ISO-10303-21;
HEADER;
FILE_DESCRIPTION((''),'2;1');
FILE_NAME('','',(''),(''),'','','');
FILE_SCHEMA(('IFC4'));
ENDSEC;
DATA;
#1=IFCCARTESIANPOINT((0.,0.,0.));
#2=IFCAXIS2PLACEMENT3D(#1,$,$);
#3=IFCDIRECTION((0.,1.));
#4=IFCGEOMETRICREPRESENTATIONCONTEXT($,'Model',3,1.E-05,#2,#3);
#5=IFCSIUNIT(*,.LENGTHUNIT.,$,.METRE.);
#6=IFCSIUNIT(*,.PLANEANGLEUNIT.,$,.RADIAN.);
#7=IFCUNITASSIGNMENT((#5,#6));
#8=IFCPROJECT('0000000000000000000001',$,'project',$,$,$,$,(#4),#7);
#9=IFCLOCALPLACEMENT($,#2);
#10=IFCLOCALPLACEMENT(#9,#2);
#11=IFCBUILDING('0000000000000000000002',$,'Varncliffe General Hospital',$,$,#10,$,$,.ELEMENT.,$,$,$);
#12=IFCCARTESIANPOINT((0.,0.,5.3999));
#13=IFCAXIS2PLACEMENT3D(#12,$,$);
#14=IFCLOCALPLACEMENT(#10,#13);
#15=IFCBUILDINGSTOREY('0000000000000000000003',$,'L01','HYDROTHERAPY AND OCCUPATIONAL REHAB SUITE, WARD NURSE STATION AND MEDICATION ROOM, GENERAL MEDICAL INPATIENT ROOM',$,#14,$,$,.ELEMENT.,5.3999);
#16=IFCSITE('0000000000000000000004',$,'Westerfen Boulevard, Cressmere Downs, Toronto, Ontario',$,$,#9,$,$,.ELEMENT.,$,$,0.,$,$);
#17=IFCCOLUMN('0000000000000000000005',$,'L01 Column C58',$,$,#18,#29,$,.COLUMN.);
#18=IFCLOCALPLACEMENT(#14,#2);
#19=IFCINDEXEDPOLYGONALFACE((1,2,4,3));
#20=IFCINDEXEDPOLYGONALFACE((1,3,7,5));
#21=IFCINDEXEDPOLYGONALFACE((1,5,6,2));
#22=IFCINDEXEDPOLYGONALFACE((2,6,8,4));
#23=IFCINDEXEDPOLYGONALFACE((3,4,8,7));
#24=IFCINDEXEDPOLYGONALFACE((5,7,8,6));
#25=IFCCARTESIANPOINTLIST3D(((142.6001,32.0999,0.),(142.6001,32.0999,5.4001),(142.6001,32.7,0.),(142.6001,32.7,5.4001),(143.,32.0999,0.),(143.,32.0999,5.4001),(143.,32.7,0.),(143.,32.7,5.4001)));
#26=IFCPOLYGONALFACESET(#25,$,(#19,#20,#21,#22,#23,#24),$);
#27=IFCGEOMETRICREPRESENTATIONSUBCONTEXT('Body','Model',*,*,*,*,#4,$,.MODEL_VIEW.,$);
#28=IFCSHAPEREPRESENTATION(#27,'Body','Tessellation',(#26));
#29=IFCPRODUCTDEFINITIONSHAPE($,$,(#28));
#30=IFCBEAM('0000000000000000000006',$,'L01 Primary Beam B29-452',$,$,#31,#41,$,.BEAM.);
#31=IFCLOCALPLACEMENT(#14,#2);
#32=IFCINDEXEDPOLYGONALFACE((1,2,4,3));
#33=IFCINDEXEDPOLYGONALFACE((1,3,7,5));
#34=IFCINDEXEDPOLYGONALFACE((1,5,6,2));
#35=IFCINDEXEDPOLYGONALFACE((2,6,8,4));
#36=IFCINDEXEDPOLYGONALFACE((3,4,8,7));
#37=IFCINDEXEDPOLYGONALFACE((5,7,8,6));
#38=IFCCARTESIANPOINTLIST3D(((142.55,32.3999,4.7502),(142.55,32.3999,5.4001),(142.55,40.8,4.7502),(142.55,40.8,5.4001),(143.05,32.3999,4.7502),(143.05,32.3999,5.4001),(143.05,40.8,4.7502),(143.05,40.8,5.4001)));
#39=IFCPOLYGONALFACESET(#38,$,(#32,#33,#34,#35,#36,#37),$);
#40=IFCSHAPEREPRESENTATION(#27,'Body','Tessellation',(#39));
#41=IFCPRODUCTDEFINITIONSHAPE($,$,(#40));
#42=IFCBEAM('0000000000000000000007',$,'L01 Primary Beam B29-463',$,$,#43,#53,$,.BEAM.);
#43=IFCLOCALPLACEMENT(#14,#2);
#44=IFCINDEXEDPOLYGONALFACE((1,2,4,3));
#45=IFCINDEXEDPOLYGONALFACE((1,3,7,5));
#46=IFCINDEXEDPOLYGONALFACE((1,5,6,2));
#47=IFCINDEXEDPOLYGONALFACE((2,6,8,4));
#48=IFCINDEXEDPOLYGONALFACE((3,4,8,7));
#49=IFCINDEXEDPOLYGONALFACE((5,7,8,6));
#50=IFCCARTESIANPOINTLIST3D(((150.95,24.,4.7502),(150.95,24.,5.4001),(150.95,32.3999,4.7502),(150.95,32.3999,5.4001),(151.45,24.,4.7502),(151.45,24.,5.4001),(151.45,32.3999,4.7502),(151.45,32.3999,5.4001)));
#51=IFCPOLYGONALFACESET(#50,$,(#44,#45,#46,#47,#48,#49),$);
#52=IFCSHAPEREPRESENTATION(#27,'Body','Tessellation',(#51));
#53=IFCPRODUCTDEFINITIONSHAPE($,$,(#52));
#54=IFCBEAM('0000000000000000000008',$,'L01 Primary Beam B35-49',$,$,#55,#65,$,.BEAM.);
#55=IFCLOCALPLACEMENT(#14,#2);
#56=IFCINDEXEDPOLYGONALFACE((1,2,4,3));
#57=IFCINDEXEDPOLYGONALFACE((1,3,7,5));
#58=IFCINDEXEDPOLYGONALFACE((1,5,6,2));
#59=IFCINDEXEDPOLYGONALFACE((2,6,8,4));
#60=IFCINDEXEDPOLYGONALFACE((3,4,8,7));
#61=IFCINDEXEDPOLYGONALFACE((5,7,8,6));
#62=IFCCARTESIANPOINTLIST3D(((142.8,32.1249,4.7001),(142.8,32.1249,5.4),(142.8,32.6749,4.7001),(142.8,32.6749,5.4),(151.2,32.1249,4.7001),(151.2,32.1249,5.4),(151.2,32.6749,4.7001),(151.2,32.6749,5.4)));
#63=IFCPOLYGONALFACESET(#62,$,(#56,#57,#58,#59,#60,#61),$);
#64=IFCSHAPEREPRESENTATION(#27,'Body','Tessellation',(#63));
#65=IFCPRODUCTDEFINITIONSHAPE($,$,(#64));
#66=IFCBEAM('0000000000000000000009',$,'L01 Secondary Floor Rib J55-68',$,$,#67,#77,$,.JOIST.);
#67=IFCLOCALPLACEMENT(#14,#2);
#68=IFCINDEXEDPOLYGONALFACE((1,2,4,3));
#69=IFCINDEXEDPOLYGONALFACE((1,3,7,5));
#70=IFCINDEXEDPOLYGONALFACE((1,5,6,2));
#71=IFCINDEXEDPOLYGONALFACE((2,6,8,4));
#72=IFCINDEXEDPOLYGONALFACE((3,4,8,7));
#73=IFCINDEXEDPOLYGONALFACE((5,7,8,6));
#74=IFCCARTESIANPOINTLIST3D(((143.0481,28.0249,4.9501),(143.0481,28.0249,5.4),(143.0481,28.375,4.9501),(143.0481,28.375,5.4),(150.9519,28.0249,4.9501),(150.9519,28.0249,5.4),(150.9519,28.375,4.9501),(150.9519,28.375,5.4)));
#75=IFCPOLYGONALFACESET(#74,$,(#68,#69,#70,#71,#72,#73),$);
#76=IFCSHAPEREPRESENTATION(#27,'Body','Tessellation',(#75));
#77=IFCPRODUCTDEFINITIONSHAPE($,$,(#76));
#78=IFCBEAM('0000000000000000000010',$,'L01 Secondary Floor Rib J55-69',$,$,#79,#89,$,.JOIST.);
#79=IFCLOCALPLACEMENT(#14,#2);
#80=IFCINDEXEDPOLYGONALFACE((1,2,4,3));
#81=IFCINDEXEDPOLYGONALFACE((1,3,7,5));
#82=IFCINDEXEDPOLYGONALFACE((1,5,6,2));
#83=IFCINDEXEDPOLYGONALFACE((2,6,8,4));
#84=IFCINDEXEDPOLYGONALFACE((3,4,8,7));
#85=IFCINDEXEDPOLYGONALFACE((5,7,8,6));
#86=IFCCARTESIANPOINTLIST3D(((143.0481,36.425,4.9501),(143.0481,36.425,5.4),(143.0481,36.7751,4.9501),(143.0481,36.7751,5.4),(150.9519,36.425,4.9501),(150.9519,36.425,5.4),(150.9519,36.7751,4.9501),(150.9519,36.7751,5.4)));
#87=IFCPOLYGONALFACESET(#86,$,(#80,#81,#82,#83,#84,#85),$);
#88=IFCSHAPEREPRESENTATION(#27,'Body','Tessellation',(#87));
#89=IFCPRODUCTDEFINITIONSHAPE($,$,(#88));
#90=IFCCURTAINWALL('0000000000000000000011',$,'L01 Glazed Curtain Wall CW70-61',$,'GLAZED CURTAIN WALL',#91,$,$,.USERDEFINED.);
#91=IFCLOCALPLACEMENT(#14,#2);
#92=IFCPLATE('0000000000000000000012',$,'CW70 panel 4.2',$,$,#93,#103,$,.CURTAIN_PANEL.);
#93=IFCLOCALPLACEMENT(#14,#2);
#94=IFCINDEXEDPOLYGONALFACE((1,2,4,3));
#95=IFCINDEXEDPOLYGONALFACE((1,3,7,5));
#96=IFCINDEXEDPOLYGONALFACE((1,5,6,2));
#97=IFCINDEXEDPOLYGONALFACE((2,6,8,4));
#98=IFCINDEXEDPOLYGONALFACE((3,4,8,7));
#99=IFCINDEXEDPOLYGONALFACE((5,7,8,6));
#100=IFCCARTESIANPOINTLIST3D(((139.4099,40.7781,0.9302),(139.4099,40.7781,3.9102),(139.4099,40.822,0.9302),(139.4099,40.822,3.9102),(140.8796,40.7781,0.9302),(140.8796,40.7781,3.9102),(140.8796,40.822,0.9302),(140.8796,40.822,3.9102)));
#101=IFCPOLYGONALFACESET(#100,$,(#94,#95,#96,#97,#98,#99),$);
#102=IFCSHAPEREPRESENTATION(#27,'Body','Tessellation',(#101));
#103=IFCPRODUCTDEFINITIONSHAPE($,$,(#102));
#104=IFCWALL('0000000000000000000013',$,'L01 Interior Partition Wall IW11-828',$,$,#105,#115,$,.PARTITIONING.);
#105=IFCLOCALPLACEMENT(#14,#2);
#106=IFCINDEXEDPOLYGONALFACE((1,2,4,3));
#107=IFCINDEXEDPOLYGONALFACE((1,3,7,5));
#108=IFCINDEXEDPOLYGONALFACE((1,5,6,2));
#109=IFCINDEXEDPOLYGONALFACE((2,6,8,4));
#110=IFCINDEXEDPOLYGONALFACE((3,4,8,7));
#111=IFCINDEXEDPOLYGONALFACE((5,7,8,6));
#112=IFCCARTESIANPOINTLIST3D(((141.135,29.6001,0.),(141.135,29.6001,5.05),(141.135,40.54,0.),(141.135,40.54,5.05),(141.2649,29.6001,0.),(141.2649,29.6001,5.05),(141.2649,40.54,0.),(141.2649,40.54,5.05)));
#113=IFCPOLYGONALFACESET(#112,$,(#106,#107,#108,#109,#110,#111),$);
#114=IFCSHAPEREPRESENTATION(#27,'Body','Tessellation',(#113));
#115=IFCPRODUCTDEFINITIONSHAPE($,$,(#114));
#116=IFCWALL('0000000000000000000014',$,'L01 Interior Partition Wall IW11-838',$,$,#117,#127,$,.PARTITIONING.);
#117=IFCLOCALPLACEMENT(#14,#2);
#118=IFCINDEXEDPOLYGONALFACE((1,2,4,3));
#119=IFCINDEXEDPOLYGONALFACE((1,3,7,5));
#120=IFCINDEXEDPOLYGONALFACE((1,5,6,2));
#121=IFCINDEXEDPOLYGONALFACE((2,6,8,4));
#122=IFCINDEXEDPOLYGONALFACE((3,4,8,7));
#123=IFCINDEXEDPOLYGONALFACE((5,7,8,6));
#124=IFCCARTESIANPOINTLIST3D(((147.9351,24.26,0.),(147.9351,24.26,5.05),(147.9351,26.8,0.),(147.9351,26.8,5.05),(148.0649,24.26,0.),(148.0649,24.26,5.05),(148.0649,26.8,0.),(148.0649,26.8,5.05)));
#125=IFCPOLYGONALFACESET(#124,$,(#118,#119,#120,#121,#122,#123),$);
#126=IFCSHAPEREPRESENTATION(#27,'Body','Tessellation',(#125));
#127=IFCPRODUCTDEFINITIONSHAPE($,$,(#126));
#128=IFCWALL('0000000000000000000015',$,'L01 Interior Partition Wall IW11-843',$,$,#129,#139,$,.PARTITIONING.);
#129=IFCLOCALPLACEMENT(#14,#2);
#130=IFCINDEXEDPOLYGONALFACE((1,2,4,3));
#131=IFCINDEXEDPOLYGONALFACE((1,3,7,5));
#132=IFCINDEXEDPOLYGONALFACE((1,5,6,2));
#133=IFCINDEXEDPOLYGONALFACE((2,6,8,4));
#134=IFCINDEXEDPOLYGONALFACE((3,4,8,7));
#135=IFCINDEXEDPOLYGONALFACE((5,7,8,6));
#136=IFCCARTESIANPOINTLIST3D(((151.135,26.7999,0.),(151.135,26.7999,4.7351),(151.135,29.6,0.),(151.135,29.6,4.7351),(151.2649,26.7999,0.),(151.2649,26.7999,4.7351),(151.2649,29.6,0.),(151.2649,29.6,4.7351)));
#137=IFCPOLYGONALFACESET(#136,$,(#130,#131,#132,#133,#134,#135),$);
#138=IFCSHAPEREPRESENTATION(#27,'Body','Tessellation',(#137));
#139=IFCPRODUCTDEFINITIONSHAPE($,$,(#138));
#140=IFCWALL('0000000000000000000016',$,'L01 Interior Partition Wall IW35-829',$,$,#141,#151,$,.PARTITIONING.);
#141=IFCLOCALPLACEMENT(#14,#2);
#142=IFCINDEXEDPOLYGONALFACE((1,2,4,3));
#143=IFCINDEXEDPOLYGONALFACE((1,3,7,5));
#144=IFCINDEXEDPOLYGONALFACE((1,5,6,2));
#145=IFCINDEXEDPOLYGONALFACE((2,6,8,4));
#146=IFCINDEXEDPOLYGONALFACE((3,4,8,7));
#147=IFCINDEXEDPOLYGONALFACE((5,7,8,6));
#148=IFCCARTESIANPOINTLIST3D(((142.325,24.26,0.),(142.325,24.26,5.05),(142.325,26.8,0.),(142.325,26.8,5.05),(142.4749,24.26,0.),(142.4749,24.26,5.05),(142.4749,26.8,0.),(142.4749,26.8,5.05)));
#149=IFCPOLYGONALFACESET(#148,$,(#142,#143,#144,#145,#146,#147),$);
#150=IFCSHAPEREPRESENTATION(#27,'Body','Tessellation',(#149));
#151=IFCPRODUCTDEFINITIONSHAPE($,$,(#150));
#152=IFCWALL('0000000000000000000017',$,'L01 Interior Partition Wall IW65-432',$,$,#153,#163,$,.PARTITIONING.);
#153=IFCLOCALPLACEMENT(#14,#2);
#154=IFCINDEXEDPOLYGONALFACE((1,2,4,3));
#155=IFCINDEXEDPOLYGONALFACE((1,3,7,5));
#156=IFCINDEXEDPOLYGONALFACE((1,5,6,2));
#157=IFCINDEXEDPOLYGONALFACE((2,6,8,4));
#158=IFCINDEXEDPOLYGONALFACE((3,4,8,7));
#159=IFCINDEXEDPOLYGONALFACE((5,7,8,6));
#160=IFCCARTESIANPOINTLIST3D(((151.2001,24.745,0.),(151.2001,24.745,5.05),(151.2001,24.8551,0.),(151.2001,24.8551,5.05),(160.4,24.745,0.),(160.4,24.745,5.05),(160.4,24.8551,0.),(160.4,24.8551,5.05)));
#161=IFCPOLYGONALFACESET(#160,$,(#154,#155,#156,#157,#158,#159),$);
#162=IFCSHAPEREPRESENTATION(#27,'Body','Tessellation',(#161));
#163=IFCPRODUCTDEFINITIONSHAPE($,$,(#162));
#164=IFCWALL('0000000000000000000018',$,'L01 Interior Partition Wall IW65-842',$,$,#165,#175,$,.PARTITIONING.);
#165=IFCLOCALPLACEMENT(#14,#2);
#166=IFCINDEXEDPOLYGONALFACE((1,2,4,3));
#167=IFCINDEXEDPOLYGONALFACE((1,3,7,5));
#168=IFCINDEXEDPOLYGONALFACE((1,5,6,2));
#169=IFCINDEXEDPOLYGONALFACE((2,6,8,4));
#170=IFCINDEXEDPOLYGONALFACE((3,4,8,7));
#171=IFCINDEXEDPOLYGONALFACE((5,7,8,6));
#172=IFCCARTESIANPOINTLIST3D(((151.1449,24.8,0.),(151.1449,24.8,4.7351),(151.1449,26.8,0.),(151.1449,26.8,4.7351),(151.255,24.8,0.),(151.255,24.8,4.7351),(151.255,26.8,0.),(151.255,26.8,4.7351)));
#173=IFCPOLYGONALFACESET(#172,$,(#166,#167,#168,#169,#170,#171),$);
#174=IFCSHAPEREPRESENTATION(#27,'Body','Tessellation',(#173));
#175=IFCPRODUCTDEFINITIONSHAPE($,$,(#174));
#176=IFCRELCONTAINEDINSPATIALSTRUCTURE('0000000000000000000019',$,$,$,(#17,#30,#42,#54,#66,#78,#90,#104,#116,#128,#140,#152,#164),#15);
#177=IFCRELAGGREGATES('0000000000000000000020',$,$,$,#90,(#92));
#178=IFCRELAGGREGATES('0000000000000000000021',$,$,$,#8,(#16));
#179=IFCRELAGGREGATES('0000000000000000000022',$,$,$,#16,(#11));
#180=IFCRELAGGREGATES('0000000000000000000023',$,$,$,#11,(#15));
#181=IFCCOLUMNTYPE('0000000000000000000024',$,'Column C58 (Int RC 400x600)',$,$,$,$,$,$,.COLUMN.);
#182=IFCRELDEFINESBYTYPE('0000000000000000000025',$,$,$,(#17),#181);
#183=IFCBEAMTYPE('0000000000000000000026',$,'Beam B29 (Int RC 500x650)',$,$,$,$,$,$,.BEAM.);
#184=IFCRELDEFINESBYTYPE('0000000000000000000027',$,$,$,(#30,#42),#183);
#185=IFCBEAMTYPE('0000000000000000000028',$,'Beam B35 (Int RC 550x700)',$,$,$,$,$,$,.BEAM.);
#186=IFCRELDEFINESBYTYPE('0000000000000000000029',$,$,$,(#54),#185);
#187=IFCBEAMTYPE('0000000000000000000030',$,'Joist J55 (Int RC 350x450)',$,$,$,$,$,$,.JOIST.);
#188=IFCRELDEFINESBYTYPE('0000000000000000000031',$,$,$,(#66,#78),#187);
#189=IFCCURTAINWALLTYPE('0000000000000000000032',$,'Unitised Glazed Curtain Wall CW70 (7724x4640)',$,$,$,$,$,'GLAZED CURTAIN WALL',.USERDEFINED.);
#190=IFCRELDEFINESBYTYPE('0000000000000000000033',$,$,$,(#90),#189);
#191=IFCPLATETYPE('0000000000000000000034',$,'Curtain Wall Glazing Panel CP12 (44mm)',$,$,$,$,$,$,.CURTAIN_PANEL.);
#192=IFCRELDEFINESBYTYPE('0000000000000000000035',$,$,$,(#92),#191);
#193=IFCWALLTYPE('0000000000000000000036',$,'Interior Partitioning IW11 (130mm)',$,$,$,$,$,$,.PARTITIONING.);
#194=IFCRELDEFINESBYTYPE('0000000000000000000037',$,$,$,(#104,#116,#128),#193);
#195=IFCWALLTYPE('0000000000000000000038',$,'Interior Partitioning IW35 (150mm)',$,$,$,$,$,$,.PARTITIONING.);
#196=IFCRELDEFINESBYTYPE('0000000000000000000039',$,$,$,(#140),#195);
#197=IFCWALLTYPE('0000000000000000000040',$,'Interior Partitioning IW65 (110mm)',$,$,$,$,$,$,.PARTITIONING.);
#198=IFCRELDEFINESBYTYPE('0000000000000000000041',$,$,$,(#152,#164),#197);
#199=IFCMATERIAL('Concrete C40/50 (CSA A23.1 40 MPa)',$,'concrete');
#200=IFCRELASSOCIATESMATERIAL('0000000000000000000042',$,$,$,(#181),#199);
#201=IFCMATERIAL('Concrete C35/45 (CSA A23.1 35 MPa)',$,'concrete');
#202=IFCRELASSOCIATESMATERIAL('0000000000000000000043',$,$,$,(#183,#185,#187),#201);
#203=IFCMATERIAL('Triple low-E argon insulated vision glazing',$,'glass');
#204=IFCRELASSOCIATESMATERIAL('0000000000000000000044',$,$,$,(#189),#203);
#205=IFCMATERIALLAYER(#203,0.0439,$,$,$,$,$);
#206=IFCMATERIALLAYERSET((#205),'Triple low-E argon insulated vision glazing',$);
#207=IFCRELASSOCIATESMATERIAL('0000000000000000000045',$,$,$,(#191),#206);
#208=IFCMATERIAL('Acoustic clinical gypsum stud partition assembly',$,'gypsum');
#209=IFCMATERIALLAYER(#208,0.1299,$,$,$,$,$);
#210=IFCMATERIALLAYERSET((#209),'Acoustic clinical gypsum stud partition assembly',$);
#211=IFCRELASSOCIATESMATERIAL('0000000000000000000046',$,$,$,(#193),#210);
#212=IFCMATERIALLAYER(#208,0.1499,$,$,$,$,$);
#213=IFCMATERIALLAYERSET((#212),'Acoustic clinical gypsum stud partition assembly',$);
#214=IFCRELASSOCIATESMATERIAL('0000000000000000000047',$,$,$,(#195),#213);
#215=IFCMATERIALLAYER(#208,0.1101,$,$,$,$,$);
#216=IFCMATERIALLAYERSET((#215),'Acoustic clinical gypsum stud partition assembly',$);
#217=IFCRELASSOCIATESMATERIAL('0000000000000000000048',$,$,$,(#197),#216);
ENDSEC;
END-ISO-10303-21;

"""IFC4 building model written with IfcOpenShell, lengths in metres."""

from ifc_helpers import new_model, si_unit, direction, frame, frame_2d, origin, origin_2d, place, context, subcontext, project, spatial, rectangle, extrude, material, layer, layer_set, material_profile, profile_set, type_object, element, aggregate, save


model = new_model("IFC4")

# Units and contexts
model_context = context("Model", 3, precision=1e-05, world=origin(), true_north=direction((0.0, 1.0)))
body_context = subcontext(model_context, "Body", "Model", "MODEL_VIEW")
ifc_project = project(units=[si_unit("LENGTHUNIT", "METRE"), si_unit("PLANEANGLEUNIT", "RADIAN")], contexts=[model_context])

# Site, building, storey
site_placement = place(None, origin())
site = spatial("IfcSite", under=ifc_project, at=site_placement, Name="Westerfen Boulevard, Cressmere Downs, Toronto, Ontario", CompositionType="ELEMENT", RefElevation=0.0)
building_placement = place(site_placement, origin())
building = spatial("IfcBuilding", under=site, at=building_placement, Name="Varncliffe General Hospital", CompositionType="ELEMENT")
storey_placement = place(building_placement, frame((0.0, 0.0, 5.3999)))
storey = spatial("IfcBuildingStorey", under=building, at=storey_placement, Name="L01", Description="HYDROTHERAPY AND OCCUPATIONAL REHAB SUITE, WARD NURSE STATION AND MEDICATION ROOM, GENERAL MEDICAL INPATIENT ROOM", CompositionType="ELEMENT", Elevation=5.3999)

# Column
ifc_material_1 = material(Name="Concrete C40/50 (CSA A23.1 40 MPa)", Category="concrete")
ifc_material_profile_1 = material_profile(ifc_material_1, rectangle(XDim=0.3999, YDim=0.6001, at=origin_2d()), Name="RC 400x600")
ifc_profile_set_1 = profile_set([ifc_material_profile_1], Name="Concrete C40/50 (CSA A23.1 40 MPa)")
column_type = type_object("IfcColumnType", Name="Column C58 (Int RC 400x600)", PredefinedType="COLUMN", material=ifc_profile_set_1)
column_placement = place(storey_placement, frame((142.8, 32.3999, 0.0), z_axis=(0.0, 0.0, 1.0), x_axis=(1.0, 0.0, 0.0)))
element("IfcColumn", 1, at=column_placement, inside=storey, type_object=column_type, Name="L01 Column C58", PredefinedType="COLUMN", context=body_context, shape_type="SweptSolid", body=[
    extrude(rectangle(XDim=0.3999, YDim=0.6001, at=origin_2d()), origin(), (0.0, 0.0, 1.0), 5.4001),
])

# Beams
ifc_material_2 = material(Name="Concrete C35/45 (CSA A23.1 35 MPa)", Category="concrete")
ifc_material_profile_2 = material_profile(ifc_material_2, rectangle(XDim=0.5, YDim=0.6499, at=origin_2d()), Name="RC 500x650")
ifc_profile_set_2 = profile_set([ifc_material_profile_2], Name="Concrete C35/45 (CSA A23.1 35 MPa)")
beam_type_1 = type_object("IfcBeamType", Name="Beam B29 (Int RC 500x650)", PredefinedType="BEAM", material=ifc_profile_set_2)
beam_1_placement = place(storey_placement, frame((142.8, 32.3999, 5.0752), z_axis=(0.0, 1.0, 0.0), x_axis=(-1.0, 0.0, 0.0)))
element("IfcBeam", 2, at=beam_1_placement, inside=storey, type_object=beam_type_1, Name="L01 Primary Beam B29-452", PredefinedType="BEAM", context=body_context, shape_type="SweptSolid", body=[
    extrude(rectangle(XDim=0.5, YDim=0.6499, at=origin_2d()), origin(), (0.0, 0.0, 1.0), 8.4001),
])
beam_2_placement = place(storey_placement, frame((151.2, 24.0, 5.0752), z_axis=(0.0, 1.0, 0.0), x_axis=(-1.0, 0.0, 0.0)))
element("IfcBeam", 3, at=beam_2_placement, inside=storey, type_object=beam_type_1, Name="L01 Primary Beam B29-463", PredefinedType="BEAM", context=body_context, shape_type="SweptSolid", body=[
    extrude(rectangle(XDim=0.5, YDim=0.6499, at=origin_2d()), origin(), (0.0, 0.0, 1.0), 8.3999),
])
ifc_material_profile_3 = material_profile(ifc_material_2, rectangle(XDim=0.55, YDim=0.7, at=origin_2d()), Name="RC 550x700")
ifc_profile_set_3 = profile_set([ifc_material_profile_3], Name="Concrete C35/45 (CSA A23.1 35 MPa)")
beam_type_2 = type_object("IfcBeamType", Name="Beam B35 (Int RC 550x700)", PredefinedType="BEAM", material=ifc_profile_set_3)
beam_3_placement = place(storey_placement, frame((142.8, 32.3999, 5.05), z_axis=(1.0, 0.0, 0.0), x_axis=(0.0, 1.0, 0.0)))
element("IfcBeam", 4, at=beam_3_placement, inside=storey, type_object=beam_type_2, Name="L01 Primary Beam B35-49", PredefinedType="BEAM", context=body_context, shape_type="SweptSolid", body=[
    extrude(rectangle(XDim=0.55, YDim=0.7, at=origin_2d()), origin(), (0.0, 0.0, 1.0), 8.3999),
])
ifc_material_profile_4 = material_profile(ifc_material_2, rectangle(XDim=0.3501, YDim=0.45, at=origin_2d()), Name="RC 350x450")
ifc_profile_set_4 = profile_set([ifc_material_profile_4], Name="Concrete C35/45 (CSA A23.1 35 MPa)")
beam_type_3 = type_object("IfcBeamType", Name="Joist J55 (Int RC 350x450)", PredefinedType="JOIST", material=ifc_profile_set_4)
for number, where, z_axis, x_axis, name in (
    (5, (143.0481, 28.2, 5.175), (1.0, 0.0, 0.0), (0.0, 1.0, 0.0), "L01 Secondary Floor Rib J55-68"),
    (6, (143.0481, 36.6001, 5.175), (1.0, 0.0, 0.0), (0.0, 1.0, 0.0), "L01 Secondary Floor Rib J55-69"),
):
    element("IfcBeam", number, at=place(storey_placement, frame(where, z_axis=z_axis, x_axis=x_axis)), inside=storey, type_object=beam_type_3, Name=name, PredefinedType="JOIST", context=body_context, shape_type="SweptSolid", body=[
        extrude(rectangle(XDim=0.3501, YDim=0.45, at=origin_2d()), origin(), (0.0, 0.0, 1.0), 7.9038),
    ])

# Curtain wall, plate
ifc_material_3 = material(Name="Triple low-E argon insulated vision glazing", Category="glass")
curtain_wall_type = type_object("IfcCurtainWallType", Name="Unitised Glazed Curtain Wall CW70 (7724x4640)", ElementType="GLAZED CURTAIN WALL", PredefinedType="USERDEFINED", material=ifc_material_3)
curtain_wall_placement = place(storey_placement, origin())
curtain_wall = element("IfcCurtainWall", 7, at=curtain_wall_placement, inside=storey, type_object=curtain_wall_type, Name="L01 Glazed Curtain Wall CW70-61", ObjectType="GLAZED CURTAIN WALL", PredefinedType="USERDEFINED")
ifc_layer_1 = layer(ifc_material_3, 0.0439)
ifc_layer_set_1 = layer_set([ifc_layer_1], Name="Triple low-E argon insulated vision glazing")
plate_type = type_object("IfcPlateType", Name="Curtain Wall Glazing Panel CP12 (44mm)", PredefinedType="CURTAIN_PANEL", material=ifc_layer_set_1)
plate_placement = place(storey_placement, frame((140.1448, 40.8, 0.9302), z_axis=(0.0, 0.0, 1.0), x_axis=(1.0, 0.0, 0.0)))
plate = element("IfcPlate", 8, at=plate_placement, type_object=plate_type, Name="CW70 panel 4.2", PredefinedType="CURTAIN_PANEL", context=body_context, shape_type="SweptSolid", body=[
    extrude(rectangle(XDim=1.4697, YDim=0.0439, at=origin_2d()), origin(), (0.0, 0.0, 1.0), 2.98),
])
aggregate(curtain_wall, [plate])

# Walls
ifc_material_4 = material(Name="Acoustic clinical gypsum stud partition assembly", Category="gypsum")
ifc_layer_2 = layer(ifc_material_4, 0.1299)
ifc_layer_set_2 = layer_set([ifc_layer_2], Name="Acoustic clinical gypsum stud partition assembly")
wall_type_1 = type_object("IfcWallType", Name="Interior Partitioning IW11 (130mm)", PredefinedType="PARTITIONING", material=ifc_layer_set_2)
wall_1_placement = place(storey_placement, frame((141.2, 29.6001, 0.0), z_axis=(0.0, 0.0, 1.0), x_axis=(0.0, 1.0, 0.0)))
element("IfcWall", 9, at=wall_1_placement, inside=storey, type_object=wall_type_1, Name="L01 Interior Partition Wall IW11-828", PredefinedType="PARTITIONING", context=body_context, shape_type="SweptSolid", body=[
    extrude(rectangle(XDim=10.9399, YDim=0.1299, at=frame_2d((5.47, 0.0))), origin(), (0.0, 0.0, 1.0), 5.05),
])
wall_2_placement = place(storey_placement, frame((148.0, 24.26, 0.0), z_axis=(0.0, 0.0, 1.0), x_axis=(0.0, 1.0, 0.0)))
element("IfcWall", 10, at=wall_2_placement, inside=storey, type_object=wall_type_1, Name="L01 Interior Partition Wall IW11-838", PredefinedType="PARTITIONING", context=body_context, shape_type="SweptSolid", body=[
    extrude(rectangle(XDim=2.54, YDim=0.1299, at=frame_2d((1.27, 0.0))), origin(), (0.0, 0.0, 1.0), 5.05),
])
wall_3_placement = place(storey_placement, frame((151.2, 26.8, 0.0), z_axis=(0.0, 0.0, 1.0), x_axis=(0.0, 1.0, 0.0)))
element("IfcWall", 11, at=wall_3_placement, inside=storey, type_object=wall_type_1, Name="L01 Interior Partition Wall IW11-843", PredefinedType="PARTITIONING", context=body_context, shape_type="SweptSolid", body=[
    extrude(rectangle(XDim=2.8, YDim=0.1299, at=frame_2d((1.3999, 0.0))), origin(), (0.0, 0.0, 1.0), 4.7351),
])
ifc_layer_3 = layer(ifc_material_4, 0.1499)
ifc_layer_set_3 = layer_set([ifc_layer_3], Name="Acoustic clinical gypsum stud partition assembly")
wall_type_2 = type_object("IfcWallType", Name="Interior Partitioning IW35 (150mm)", PredefinedType="PARTITIONING", material=ifc_layer_set_3)
wall_4_placement = place(storey_placement, frame((142.3999, 24.26, 0.0), z_axis=(0.0, 0.0, 1.0), x_axis=(0.0, 1.0, 0.0)))
element("IfcWall", 12, at=wall_4_placement, inside=storey, type_object=wall_type_2, Name="L01 Interior Partition Wall IW35-829", PredefinedType="PARTITIONING", context=body_context, shape_type="SweptSolid", body=[
    extrude(rectangle(XDim=2.54, YDim=0.1499, at=frame_2d((1.27, 0.0))), origin(), (0.0, 0.0, 1.0), 5.05),
])
ifc_layer_4 = layer(ifc_material_4, 0.1101)
ifc_layer_set_4 = layer_set([ifc_layer_4], Name="Acoustic clinical gypsum stud partition assembly")
wall_type_3 = type_object("IfcWallType", Name="Interior Partitioning IW65 (110mm)", PredefinedType="PARTITIONING", material=ifc_layer_set_4)
wall_5_placement = place(storey_placement, frame((151.2, 24.8, 0.0), z_axis=(0.0, 0.0, 1.0), x_axis=(1.0, 0.0, 0.0)))
element("IfcWall", 13, at=wall_5_placement, inside=storey, type_object=wall_type_3, Name="L01 Interior Partition Wall IW65-432", PredefinedType="PARTITIONING", context=body_context, shape_type="SweptSolid", body=[
    extrude(rectangle(XDim=9.2, YDim=0.1101, at=frame_2d((4.6001, 0.0))), origin(), (0.0, 0.0, 1.0), 5.05),
])
wall_6_placement = place(storey_placement, frame((151.2, 24.8, 0.0), z_axis=(0.0, 0.0, 1.0), x_axis=(0.0, 1.0, 0.0)))
element("IfcWall", 14, at=wall_6_placement, inside=storey, type_object=wall_type_3, Name="L01 Interior Partition Wall IW65-842", PredefinedType="PARTITIONING", context=body_context, shape_type="SweptSolid", body=[
    extrude(rectangle(XDim=2.0, YDim=0.1101, at=frame_2d((1.0, 0.0))), origin(), (0.0, 0.0, 1.0), 4.7351),
])

save(model, "model.ifc")
